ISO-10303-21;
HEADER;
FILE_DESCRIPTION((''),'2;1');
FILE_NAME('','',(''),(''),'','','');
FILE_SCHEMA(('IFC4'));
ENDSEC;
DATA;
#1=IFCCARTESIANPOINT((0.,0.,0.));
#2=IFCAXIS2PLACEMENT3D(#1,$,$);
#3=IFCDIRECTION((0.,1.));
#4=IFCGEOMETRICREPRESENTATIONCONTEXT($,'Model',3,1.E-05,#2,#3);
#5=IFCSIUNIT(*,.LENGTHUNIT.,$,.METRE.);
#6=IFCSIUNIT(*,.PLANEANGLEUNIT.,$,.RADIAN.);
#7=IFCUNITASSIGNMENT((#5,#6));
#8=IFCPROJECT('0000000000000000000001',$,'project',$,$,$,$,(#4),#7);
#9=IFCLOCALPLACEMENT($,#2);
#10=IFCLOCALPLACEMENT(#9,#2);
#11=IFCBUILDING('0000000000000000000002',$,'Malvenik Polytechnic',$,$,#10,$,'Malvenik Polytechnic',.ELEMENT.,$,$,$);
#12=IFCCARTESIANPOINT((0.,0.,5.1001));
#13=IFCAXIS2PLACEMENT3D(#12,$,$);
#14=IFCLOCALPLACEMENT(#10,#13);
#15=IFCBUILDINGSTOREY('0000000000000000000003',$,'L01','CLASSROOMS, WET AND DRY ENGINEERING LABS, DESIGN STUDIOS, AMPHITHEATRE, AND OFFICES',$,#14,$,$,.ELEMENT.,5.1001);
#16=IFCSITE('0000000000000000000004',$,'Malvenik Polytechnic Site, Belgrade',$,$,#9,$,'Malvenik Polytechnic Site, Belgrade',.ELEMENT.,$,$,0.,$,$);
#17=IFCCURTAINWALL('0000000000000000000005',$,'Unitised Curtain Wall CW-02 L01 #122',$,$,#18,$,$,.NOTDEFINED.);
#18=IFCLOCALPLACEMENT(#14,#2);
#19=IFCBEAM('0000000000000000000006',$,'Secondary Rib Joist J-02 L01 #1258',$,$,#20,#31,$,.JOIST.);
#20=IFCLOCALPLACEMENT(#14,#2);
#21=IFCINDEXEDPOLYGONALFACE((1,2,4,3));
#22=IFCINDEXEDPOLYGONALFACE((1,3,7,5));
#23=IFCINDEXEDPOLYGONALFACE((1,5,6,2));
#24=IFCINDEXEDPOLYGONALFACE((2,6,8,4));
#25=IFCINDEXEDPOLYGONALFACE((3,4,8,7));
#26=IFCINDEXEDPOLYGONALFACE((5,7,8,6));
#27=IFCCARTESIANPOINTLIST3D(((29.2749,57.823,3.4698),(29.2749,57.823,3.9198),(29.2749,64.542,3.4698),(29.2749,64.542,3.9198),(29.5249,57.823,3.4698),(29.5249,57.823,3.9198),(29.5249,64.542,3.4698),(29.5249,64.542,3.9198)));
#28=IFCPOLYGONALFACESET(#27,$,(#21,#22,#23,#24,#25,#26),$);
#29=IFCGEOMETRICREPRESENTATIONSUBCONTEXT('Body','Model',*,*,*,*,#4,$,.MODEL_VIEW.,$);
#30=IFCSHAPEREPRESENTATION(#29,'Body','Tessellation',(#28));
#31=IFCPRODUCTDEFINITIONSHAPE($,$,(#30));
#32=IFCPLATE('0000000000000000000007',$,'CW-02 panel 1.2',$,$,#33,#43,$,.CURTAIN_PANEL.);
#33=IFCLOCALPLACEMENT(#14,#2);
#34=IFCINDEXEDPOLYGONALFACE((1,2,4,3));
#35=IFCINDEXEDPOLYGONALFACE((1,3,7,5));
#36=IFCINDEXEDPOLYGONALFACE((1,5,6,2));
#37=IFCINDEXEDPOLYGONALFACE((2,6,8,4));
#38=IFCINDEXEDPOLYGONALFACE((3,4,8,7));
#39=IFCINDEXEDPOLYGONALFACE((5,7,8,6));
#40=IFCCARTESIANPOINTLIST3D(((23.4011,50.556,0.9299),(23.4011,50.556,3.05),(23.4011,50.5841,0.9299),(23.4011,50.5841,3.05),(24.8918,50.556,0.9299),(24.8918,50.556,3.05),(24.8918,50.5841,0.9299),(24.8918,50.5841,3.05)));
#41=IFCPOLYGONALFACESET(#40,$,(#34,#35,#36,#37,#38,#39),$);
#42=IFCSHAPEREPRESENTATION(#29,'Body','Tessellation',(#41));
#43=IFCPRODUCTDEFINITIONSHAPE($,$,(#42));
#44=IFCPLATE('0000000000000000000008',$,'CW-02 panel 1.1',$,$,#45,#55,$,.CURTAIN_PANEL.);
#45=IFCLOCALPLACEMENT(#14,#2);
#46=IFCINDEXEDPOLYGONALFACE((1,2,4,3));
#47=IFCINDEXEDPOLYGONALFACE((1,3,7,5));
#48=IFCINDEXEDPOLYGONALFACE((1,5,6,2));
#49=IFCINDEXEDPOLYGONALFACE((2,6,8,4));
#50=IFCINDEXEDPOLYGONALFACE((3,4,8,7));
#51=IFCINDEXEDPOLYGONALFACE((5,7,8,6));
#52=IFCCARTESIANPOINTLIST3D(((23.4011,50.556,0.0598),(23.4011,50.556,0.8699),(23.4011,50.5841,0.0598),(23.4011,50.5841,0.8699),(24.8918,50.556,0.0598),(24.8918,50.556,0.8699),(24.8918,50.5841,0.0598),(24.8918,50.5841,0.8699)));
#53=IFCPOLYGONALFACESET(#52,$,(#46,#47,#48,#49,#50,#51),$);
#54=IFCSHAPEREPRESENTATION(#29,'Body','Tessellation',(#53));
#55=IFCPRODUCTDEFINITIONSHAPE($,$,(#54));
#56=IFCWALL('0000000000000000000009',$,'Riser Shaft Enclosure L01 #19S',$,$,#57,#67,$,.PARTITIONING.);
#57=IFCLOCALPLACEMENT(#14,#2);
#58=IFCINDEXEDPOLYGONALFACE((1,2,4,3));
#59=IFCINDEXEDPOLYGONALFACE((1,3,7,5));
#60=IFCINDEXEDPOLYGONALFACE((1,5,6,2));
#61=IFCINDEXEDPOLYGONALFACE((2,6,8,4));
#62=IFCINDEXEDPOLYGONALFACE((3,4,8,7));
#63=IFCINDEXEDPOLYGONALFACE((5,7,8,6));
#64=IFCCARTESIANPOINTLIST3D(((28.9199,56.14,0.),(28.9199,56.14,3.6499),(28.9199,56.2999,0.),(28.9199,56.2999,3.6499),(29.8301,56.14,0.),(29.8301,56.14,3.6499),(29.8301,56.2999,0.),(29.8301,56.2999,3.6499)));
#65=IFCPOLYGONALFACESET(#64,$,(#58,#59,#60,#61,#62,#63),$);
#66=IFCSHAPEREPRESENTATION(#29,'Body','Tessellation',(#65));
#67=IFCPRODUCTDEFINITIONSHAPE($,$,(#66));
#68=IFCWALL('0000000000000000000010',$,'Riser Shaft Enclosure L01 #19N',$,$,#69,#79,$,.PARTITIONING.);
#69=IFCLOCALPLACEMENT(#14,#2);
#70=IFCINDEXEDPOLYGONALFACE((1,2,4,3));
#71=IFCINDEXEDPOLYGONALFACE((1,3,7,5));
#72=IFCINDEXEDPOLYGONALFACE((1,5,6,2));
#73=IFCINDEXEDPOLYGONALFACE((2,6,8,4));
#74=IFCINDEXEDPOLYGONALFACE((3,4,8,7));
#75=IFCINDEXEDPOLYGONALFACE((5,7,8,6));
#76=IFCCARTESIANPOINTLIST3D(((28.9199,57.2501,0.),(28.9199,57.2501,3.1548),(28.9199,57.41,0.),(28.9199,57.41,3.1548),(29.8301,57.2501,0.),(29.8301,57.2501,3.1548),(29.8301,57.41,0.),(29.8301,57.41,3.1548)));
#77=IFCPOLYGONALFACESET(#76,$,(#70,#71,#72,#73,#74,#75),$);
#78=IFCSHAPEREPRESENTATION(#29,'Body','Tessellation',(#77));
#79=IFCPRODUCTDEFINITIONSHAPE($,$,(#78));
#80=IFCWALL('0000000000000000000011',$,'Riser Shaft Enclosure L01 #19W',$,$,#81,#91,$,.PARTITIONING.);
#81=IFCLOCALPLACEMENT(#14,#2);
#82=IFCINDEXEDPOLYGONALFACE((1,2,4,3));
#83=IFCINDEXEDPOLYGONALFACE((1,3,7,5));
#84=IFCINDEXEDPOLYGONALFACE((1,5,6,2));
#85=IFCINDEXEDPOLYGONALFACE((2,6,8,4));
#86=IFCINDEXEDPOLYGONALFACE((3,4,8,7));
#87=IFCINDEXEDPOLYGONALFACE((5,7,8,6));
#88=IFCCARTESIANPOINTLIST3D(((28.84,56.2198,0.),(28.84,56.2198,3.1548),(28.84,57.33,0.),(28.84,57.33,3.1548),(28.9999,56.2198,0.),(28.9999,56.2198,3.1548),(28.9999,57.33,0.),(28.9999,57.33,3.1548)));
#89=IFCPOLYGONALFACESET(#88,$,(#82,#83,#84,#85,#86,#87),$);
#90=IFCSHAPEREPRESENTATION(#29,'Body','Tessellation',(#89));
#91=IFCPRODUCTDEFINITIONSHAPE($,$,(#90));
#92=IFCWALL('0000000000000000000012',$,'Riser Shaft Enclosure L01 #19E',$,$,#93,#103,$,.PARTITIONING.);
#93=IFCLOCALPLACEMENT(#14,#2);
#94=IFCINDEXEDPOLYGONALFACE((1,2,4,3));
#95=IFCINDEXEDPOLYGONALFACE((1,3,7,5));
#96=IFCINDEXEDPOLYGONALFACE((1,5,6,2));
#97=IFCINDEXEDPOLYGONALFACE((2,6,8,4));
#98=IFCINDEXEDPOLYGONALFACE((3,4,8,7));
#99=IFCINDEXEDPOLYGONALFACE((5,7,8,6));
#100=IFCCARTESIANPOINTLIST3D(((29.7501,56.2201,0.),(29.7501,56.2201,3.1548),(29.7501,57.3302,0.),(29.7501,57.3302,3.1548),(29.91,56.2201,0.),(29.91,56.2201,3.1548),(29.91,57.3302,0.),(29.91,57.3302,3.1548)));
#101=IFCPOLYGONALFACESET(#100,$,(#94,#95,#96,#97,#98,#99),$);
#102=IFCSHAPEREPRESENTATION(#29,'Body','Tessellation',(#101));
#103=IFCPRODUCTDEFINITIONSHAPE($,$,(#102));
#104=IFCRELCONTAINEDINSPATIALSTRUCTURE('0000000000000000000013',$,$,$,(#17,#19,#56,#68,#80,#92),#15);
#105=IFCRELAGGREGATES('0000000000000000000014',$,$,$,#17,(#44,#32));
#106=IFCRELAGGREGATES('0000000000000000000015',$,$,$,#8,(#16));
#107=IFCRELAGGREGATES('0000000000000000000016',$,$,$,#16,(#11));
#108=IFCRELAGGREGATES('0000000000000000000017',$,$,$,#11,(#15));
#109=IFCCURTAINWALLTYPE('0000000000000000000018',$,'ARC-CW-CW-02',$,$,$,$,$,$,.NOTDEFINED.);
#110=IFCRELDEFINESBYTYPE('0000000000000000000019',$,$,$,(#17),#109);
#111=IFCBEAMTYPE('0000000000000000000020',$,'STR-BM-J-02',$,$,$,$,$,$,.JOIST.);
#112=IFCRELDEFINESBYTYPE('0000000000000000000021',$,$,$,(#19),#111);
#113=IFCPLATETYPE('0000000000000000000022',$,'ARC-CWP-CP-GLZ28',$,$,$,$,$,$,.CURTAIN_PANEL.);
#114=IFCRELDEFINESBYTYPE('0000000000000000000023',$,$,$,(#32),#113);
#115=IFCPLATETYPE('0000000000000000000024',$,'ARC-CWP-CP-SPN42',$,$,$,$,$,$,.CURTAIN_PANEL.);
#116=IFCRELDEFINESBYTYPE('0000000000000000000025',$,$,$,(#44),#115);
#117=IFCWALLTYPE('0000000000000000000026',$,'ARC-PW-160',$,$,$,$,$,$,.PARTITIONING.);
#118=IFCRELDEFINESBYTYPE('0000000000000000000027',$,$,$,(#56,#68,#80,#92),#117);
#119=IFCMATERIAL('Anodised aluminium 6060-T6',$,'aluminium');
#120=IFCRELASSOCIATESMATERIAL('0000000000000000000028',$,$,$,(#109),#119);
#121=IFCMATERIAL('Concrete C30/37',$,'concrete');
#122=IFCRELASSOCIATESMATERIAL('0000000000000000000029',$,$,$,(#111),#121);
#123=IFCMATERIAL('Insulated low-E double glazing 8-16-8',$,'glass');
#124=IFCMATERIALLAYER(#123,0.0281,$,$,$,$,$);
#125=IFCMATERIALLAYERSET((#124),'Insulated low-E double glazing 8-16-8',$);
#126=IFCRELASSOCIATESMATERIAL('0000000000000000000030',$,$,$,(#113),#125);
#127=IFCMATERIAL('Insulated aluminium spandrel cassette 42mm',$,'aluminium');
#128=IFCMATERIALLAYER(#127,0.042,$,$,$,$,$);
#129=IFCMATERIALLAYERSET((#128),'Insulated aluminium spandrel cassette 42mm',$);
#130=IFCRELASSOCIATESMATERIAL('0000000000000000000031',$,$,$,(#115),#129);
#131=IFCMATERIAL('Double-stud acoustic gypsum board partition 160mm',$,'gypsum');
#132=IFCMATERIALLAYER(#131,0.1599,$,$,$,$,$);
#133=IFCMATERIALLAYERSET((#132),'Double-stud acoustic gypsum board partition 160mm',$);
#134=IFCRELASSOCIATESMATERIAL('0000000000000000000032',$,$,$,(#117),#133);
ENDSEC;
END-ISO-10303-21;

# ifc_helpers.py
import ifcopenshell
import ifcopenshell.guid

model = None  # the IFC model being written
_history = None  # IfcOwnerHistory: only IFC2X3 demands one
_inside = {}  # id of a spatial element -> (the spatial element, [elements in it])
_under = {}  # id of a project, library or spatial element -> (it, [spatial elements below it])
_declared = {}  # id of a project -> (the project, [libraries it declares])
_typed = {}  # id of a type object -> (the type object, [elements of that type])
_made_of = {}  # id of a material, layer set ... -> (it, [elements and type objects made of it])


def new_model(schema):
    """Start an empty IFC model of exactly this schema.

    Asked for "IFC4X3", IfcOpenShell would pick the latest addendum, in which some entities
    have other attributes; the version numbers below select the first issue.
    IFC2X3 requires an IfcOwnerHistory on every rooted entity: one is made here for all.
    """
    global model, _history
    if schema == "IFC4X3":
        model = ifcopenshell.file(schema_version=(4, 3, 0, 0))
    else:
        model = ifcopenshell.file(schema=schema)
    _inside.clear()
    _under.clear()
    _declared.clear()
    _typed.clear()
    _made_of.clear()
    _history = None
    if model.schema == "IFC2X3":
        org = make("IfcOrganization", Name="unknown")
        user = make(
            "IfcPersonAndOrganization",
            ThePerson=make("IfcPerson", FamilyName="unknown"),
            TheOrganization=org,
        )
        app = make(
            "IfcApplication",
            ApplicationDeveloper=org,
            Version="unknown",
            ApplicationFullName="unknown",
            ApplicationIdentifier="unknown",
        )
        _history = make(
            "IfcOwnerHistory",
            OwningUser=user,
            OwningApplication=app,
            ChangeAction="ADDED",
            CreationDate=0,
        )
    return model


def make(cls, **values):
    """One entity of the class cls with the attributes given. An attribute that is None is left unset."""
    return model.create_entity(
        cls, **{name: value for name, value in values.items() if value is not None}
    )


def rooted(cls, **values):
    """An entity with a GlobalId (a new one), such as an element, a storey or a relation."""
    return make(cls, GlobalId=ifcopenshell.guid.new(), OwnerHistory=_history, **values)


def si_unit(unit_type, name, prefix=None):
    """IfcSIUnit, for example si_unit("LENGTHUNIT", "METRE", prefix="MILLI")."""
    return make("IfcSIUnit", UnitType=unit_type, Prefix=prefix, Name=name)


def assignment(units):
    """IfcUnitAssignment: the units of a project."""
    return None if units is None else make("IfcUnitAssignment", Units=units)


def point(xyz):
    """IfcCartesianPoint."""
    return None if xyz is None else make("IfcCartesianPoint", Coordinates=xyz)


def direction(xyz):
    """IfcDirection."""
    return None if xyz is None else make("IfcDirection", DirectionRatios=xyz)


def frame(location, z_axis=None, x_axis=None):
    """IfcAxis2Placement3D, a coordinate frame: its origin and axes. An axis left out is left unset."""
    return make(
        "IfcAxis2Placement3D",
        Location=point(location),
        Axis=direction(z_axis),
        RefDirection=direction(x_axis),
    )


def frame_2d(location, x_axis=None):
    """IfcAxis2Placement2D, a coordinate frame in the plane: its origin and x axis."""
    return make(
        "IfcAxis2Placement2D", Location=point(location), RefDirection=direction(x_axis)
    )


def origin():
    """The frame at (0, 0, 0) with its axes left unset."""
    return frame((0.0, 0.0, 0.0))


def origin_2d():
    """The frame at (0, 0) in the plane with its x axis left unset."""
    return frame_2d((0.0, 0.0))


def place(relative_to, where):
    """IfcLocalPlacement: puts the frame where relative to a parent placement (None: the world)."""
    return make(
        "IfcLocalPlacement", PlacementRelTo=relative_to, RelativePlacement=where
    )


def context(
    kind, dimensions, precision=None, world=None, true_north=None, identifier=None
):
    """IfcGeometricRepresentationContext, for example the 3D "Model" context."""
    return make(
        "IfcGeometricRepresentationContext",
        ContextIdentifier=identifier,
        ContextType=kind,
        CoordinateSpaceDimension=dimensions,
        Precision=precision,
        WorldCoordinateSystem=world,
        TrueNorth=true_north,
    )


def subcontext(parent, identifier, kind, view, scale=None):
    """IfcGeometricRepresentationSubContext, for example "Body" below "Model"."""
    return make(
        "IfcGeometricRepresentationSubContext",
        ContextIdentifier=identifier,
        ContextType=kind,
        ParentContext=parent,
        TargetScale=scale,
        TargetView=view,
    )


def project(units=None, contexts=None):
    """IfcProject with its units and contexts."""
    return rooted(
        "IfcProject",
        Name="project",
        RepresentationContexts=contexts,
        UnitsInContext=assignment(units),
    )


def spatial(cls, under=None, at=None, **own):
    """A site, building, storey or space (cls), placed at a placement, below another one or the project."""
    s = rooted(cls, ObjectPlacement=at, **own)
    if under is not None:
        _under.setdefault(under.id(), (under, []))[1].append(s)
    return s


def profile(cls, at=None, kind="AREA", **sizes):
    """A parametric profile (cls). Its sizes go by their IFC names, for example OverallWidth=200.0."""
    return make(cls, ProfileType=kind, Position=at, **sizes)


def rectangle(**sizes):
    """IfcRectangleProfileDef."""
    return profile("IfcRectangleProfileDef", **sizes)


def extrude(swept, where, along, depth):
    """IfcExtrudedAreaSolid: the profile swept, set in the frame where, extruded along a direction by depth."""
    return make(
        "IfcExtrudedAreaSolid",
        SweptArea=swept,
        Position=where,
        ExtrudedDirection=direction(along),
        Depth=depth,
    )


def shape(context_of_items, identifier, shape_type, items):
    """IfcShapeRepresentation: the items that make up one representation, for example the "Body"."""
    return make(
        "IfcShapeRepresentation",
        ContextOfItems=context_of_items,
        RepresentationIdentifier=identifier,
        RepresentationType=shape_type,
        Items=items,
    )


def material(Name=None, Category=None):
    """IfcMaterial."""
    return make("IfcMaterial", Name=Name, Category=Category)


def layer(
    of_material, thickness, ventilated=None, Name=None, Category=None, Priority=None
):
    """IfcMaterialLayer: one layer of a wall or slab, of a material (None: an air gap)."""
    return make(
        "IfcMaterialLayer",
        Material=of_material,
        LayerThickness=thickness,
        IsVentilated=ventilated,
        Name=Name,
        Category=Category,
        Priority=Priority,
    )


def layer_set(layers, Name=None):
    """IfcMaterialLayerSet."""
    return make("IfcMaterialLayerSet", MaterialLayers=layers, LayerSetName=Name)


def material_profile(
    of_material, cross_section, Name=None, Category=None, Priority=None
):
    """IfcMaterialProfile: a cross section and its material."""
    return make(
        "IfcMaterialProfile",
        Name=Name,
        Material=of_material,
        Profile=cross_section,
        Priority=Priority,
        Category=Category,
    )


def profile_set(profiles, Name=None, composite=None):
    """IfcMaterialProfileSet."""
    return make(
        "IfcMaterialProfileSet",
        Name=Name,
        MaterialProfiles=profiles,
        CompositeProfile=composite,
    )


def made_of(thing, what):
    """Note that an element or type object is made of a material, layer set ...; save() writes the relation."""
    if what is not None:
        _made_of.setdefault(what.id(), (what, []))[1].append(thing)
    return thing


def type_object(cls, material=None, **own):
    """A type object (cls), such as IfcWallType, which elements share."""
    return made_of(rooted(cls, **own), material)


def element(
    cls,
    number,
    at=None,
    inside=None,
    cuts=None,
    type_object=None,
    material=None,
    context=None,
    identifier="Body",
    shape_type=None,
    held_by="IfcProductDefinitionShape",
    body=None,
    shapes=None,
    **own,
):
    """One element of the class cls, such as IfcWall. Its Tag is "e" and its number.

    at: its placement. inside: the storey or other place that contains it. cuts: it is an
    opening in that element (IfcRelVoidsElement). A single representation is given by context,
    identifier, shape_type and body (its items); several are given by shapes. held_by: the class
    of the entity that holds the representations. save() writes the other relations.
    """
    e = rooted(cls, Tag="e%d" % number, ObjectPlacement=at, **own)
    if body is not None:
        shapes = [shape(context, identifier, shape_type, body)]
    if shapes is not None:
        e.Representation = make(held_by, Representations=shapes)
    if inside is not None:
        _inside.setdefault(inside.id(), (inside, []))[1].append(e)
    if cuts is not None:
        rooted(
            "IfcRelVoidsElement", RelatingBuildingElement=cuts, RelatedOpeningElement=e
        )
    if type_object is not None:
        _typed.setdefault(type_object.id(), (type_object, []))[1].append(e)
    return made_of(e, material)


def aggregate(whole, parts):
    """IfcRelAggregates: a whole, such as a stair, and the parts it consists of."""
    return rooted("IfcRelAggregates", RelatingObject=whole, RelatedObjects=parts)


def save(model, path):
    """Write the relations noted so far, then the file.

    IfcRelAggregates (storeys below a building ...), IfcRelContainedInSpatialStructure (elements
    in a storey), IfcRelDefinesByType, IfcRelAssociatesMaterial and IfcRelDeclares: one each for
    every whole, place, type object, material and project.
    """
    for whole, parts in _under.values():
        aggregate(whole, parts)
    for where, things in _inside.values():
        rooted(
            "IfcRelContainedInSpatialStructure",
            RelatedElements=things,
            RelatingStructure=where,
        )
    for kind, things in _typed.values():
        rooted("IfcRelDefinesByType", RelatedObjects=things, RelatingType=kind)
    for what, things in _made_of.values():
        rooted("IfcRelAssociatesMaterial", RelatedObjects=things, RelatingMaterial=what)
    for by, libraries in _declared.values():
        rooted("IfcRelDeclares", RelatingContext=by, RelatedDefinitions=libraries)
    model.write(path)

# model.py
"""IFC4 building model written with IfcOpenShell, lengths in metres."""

from ifc_helpers import new_model, si_unit, direction, frame, frame_2d, origin, origin_2d, place, context, subcontext, project, spatial, rectangle, extrude, material, layer, layer_set, material_profile, profile_set, type_object, element, aggregate, save


model = new_model("IFC4")

# Units and contexts
model_context = context("Model", 3, precision=1e-05, world=origin(), true_north=direction((0.0, 1.0)))
body_context = subcontext(model_context, "Body", "Model", "MODEL_VIEW")
ifc_project = project(units=[si_unit("LENGTHUNIT", "METRE"), si_unit("PLANEANGLEUNIT", "RADIAN")], contexts=[model_context])

# Site, building, storey
site_placement = place(None, origin())
site = spatial("IfcSite", under=ifc_project, at=site_placement, Name="Malvenik Polytechnic Site, Belgrade", LongName="Malvenik Polytechnic Site, Belgrade", CompositionType="ELEMENT", RefElevation=0.0)
building_placement = place(site_placement, origin())
building = spatial("IfcBuilding", under=site, at=building_placement, Name="Malvenik Polytechnic", LongName="Malvenik Polytechnic", CompositionType="ELEMENT")
storey_placement = place(building_placement, frame((0.0, 0.0, 5.1001)))
storey = spatial("IfcBuildingStorey", under=building, at=storey_placement, Name="L01", Description="CLASSROOMS, WET AND DRY ENGINEERING LABS, DESIGN STUDIOS, AMPHITHEATRE, AND OFFICES", CompositionType="ELEMENT", Elevation=5.1001)

# Curtain wall
ifc_material_1 = material(Name="Anodised aluminium 6060-T6", Category="aluminium")
curtain_wall_type = type_object("IfcCurtainWallType", Name="ARC-CW-CW-02", PredefinedType="NOTDEFINED", material=ifc_material_1)
curtain_wall_placement = place(storey_placement, origin())
curtain_wall = element("IfcCurtainWall", 1, at=curtain_wall_placement, inside=storey, type_object=curtain_wall_type, Name="Unitised Curtain Wall CW-02 L01 #122", PredefinedType="NOTDEFINED")

# Beam
ifc_material_2 = material(Name="Concrete C30/37", Category="concrete")
ifc_material_profile_1 = material_profile(ifc_material_2, rectangle(XDim=0.25, YDim=0.45, at=origin_2d()), Name="RC JST 250x450")
ifc_profile_set_1 = profile_set([ifc_material_profile_1], Name="Concrete C30/37")
beam_type_1 = type_object("IfcBeamType", Name="STR-BM-J-02", PredefinedType="JOIST", material=ifc_profile_set_1)
for number, where, z_axis, x_axis, name in (
    (2, (29.3999, 57.823, 3.6948), (0.0, 1.0, 0.0), (-1.0, 0.0, 0.0), "Secondary Rib Joist J-02 L01 #1258"),
):
    element("IfcBeam", number, at=place(storey_placement, frame(where, z_axis=z_axis, x_axis=x_axis)), inside=storey, type_object=beam_type_1, Name=name, PredefinedType="JOIST", context=body_context, shape_type="SweptSolid", body=[
        extrude(rectangle(XDim=0.25, YDim=0.45, at=origin_2d()), origin(), (0.0, 0.0, 1.0), 6.719),
    ])

# Plates
ifc_material_3 = material(Name="Insulated low-E double glazing 8-16-8", Category="glass")
ifc_layer_1 = layer(ifc_material_3, 0.0281)
ifc_layer_set_1 = layer_set([ifc_layer_1], Name="Insulated low-E double glazing 8-16-8")
plate_type_1 = type_object("IfcPlateType", Name="ARC-CWP-CP-GLZ28", PredefinedType="CURTAIN_PANEL", material=ifc_layer_set_1)
plate_1_placement = place(storey_placement, frame((24.1465, 50.5701, 0.9299), z_axis=(0.0, 0.0, 1.0), x_axis=(-1.0, 0.0, 0.0)))
plate_1 = element("IfcPlate", 3, at=plate_1_placement, type_object=plate_type_1, Name="CW-02 panel 1.2", PredefinedType="CURTAIN_PANEL", context=body_context, shape_type="SweptSolid", body=[
    extrude(rectangle(XDim=1.4907, YDim=0.0281, at=origin_2d()), origin(), (0.0, 0.0, 1.0), 2.1201),
])
ifc_material_4 = material(Name="Insulated aluminium spandrel cassette 42mm", Category="aluminium")
ifc_layer_2 = layer(ifc_material_4, 0.042)
ifc_layer_set_2 = layer_set([ifc_layer_2], Name="Insulated aluminium spandrel cassette 42mm")
plate_type_2 = type_object("IfcPlateType", Name="ARC-CWP-CP-SPN42", PredefinedType="CURTAIN_PANEL", material=ifc_layer_set_2)
plate_2_placement = place(storey_placement, frame((24.1465, 50.5701, 0.0598), z_axis=(0.0, 0.0, 1.0), x_axis=(-1.0, 0.0, 0.0)))
plate_2 = element("IfcPlate", 4, at=plate_2_placement, type_object=plate_type_2, Name="CW-02 panel 1.1", PredefinedType="CURTAIN_PANEL", context=body_context, shape_type="SweptSolid", body=[
    extrude(rectangle(XDim=1.4907, YDim=0.0281, at=origin_2d()), origin(), (0.0, 0.0, 1.0), 0.8101),
])
aggregate(curtain_wall, [plate_2, plate_1])

# Walls
ifc_material_5 = material(Name="Double-stud acoustic gypsum board partition 160mm", Category="gypsum")
ifc_layer_3 = layer(ifc_material_5, 0.1599)
ifc_layer_set_3 = layer_set([ifc_layer_3], Name="Double-stud acoustic gypsum board partition 160mm")
wall_type = type_object("IfcWallType", Name="ARC-PW-160", PredefinedType="PARTITIONING", material=ifc_layer_set_3)
wall_1_placement = place(storey_placement, frame((28.9199, 56.22, 0.0), z_axis=(0.0, 0.0, 1.0), x_axis=(1.0, 0.0, 0.0)))
element("IfcWall", 5, at=wall_1_placement, inside=storey, type_object=wall_type, Name="Riser Shaft Enclosure L01 #19S", PredefinedType="PARTITIONING", context=body_context, shape_type="SweptSolid", body=[
    extrude(rectangle(XDim=0.9102, YDim=0.1599, at=frame_2d((0.4551, 0.0))), origin(), (0.0, 0.0, 1.0), 3.6499),
])
wall_2_placement = place(storey_placement, frame((29.8301, 57.3301, 0.0), z_axis=(0.0, 0.0, 1.0), x_axis=(-1.0, 0.0, 0.0)))
element("IfcWall", 6, at=wall_2_placement, inside=storey, type_object=wall_type, Name="Riser Shaft Enclosure L01 #19N", PredefinedType="PARTITIONING", context=body_context, shape_type="SweptSolid", body=[
    extrude(rectangle(XDim=0.9102, YDim=0.1599, at=frame_2d((0.4551, 0.0))), origin(), (0.0, 0.0, 1.0), 3.1548),
])
for number, where, z_axis, x_axis, name in (
    (7, (28.9199, 57.3301, 0.0), (0.0, 0.0, 1.0), (0.0, -1.0, 0.0), "Riser Shaft Enclosure L01 #19W"),
    (8, (29.8301, 56.22, 0.0), (0.0, 0.0, 1.0), (0.0, 1.0, 0.0), "Riser Shaft Enclosure L01 #19E"),
):
    element("IfcWall", number, at=place(storey_placement, frame(where, z_axis=z_axis, x_axis=x_axis)), inside=storey, type_object=wall_type, Name=name, PredefinedType="PARTITIONING", context=body_context, shape_type="SweptSolid", body=[
        extrude(rectangle(XDim=1.1101, YDim=0.1599, at=frame_2d((0.5552, 0.0))), origin(), (0.0, 0.0, 1.0), 3.1548),
    ])

save(model, "model.ifc")
